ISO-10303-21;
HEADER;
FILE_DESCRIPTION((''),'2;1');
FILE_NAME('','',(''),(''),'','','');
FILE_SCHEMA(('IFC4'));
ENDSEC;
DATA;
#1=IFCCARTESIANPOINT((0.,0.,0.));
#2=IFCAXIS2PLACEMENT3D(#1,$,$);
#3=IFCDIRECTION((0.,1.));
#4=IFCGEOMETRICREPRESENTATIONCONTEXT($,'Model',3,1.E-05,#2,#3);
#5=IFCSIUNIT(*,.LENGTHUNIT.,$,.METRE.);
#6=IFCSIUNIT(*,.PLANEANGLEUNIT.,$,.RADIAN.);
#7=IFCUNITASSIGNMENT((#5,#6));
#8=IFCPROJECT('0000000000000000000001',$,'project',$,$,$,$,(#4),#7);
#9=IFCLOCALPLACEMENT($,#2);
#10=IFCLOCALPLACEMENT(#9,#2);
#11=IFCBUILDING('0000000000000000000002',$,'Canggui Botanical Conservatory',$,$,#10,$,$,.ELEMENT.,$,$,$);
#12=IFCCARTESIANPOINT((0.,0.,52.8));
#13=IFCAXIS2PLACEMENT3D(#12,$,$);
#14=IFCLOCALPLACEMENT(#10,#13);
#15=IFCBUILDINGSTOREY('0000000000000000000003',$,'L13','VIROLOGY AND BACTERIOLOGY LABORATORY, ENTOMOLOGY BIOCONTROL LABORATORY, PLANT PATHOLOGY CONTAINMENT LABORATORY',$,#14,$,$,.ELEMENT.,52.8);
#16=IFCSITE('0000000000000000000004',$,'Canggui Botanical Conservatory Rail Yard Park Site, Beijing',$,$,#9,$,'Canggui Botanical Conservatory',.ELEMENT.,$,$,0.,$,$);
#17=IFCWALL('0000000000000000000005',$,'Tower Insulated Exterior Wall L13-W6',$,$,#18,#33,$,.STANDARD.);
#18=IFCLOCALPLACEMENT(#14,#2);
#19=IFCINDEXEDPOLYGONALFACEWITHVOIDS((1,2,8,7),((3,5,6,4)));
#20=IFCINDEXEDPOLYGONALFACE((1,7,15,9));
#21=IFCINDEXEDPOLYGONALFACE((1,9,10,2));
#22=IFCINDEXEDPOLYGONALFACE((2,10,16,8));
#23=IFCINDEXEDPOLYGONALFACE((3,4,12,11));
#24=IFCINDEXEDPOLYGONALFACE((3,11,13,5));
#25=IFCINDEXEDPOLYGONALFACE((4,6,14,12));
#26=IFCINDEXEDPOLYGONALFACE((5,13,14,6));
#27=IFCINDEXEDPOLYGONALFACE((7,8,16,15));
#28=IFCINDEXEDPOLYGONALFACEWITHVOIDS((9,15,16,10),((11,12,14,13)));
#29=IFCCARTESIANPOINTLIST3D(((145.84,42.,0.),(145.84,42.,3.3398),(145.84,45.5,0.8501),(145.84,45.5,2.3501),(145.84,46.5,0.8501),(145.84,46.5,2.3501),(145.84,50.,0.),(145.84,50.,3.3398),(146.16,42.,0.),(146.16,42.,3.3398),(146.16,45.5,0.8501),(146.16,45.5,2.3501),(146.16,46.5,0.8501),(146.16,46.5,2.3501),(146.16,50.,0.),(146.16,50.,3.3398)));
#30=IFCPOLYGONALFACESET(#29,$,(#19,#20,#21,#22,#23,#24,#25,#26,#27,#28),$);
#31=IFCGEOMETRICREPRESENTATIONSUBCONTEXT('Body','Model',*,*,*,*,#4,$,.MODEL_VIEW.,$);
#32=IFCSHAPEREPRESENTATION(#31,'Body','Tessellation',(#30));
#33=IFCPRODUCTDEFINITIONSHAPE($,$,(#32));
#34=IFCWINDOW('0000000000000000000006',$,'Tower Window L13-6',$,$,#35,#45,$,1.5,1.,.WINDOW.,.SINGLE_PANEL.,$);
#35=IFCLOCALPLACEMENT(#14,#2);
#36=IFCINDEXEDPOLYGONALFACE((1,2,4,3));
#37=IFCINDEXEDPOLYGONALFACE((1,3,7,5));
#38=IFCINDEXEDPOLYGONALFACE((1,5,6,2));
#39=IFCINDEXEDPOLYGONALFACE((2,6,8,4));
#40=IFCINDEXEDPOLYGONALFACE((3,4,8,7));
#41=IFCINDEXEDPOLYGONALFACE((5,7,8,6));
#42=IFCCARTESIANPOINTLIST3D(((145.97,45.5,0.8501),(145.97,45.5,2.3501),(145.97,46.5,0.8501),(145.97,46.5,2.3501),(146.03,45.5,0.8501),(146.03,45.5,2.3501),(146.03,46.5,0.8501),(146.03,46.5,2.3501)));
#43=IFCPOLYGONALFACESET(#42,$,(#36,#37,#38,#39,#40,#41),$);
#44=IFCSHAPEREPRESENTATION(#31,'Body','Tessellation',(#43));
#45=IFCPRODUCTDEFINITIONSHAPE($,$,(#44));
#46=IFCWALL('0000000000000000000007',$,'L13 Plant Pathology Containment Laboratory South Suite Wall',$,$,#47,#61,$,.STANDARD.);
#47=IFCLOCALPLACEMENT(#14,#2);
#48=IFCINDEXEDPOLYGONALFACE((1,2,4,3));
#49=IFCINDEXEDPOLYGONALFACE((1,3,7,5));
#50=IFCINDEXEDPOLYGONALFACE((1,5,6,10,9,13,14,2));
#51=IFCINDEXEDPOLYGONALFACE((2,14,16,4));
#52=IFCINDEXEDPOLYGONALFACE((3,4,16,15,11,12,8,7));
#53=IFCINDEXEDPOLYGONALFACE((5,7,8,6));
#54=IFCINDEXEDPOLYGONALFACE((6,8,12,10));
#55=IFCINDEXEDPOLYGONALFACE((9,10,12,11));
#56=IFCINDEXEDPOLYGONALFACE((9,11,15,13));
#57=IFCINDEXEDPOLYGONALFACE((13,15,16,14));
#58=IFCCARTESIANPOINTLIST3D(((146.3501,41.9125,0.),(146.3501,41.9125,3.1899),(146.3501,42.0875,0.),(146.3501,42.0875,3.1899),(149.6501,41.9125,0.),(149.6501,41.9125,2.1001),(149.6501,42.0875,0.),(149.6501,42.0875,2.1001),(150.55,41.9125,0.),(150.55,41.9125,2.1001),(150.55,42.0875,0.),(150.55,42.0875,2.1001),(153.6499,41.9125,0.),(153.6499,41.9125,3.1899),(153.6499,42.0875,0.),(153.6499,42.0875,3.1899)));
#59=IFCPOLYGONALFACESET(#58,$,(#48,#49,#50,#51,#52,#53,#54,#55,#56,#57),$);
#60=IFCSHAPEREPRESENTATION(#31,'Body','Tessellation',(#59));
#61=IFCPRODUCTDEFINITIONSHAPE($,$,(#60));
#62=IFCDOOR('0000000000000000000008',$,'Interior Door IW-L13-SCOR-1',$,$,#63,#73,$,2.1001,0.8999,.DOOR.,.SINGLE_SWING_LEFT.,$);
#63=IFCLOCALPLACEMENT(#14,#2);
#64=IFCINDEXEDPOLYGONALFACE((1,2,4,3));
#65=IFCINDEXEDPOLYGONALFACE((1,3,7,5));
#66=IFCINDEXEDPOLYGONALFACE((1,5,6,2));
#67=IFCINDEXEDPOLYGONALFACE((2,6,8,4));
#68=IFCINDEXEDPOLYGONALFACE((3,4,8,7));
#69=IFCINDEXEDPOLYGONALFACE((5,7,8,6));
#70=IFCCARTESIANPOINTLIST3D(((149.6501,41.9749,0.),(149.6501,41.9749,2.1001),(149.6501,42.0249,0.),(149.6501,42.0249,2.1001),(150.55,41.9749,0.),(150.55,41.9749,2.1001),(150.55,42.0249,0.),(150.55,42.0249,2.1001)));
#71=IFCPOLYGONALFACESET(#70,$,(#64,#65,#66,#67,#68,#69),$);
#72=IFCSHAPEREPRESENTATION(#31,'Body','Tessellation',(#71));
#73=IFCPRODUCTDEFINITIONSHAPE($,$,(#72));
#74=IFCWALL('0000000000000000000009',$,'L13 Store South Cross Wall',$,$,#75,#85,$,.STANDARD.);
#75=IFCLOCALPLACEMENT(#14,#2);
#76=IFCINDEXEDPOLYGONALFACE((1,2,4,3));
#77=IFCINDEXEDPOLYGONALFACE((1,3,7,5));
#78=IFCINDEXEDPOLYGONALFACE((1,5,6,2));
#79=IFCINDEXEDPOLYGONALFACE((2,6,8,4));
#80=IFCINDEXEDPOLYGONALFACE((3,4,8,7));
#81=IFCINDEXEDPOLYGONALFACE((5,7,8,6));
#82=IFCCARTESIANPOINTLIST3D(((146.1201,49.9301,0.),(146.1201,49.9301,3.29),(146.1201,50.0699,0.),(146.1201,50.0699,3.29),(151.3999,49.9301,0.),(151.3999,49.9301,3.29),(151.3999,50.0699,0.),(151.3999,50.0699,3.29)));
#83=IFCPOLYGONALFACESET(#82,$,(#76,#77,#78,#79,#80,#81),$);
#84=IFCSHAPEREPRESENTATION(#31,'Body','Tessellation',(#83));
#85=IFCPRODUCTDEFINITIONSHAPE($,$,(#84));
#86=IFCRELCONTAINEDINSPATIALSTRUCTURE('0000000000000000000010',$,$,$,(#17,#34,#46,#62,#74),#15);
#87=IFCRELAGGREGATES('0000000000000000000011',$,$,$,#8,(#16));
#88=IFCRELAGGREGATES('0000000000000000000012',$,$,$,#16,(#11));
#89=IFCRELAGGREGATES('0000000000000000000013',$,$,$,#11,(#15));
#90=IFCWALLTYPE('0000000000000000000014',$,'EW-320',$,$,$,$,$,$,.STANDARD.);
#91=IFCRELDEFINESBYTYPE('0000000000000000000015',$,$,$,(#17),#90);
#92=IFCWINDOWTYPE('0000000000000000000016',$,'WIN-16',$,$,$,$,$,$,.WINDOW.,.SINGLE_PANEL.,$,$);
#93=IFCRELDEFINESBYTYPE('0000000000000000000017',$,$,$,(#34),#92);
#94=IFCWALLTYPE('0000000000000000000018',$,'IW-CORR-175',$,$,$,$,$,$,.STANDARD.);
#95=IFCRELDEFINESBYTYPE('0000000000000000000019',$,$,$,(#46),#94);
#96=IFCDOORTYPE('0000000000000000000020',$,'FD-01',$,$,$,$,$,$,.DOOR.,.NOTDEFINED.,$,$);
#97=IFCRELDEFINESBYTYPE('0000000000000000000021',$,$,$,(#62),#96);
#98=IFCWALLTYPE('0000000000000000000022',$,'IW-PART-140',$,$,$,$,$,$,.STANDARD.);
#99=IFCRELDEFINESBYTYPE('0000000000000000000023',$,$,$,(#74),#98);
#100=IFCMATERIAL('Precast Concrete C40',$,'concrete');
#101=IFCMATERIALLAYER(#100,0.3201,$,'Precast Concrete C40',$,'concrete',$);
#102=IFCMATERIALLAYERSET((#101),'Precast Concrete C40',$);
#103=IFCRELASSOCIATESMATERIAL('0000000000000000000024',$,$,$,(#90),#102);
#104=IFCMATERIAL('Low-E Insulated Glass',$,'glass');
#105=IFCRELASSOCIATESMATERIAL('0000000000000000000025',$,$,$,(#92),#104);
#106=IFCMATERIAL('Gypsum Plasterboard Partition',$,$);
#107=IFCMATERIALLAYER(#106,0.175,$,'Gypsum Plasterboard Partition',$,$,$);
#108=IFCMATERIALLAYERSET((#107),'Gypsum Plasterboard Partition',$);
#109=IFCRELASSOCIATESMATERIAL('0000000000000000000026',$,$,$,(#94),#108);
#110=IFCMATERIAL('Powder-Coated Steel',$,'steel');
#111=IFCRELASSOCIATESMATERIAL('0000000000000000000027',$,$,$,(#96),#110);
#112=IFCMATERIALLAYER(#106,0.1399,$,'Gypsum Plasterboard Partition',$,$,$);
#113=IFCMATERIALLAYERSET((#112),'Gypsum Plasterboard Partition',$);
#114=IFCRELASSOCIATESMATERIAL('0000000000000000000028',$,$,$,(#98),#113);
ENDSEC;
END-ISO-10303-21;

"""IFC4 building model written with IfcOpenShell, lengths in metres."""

from ifc_helpers import new_model, si_unit, direction, frame, frame_2d, origin, place, context, subcontext, project, spatial, rectangle, extrude, material, layer, layer_set, type_object, element, fill, save


model = new_model("IFC4")

# Units and contexts
model_context = context("Model", 3, precision=1e-05, world=origin(), true_north=direction((0.0, 1.0)))
body_context = subcontext(model_context, "Body", "Model", "MODEL_VIEW")
ifc_project = project(units=[si_unit("LENGTHUNIT", "METRE"), si_unit("PLANEANGLEUNIT", "RADIAN")], contexts=[model_context])

# Site, building, storey
site_placement = place(None, origin())
site = spatial("IfcSite", under=ifc_project, at=site_placement, Name="Canggui Botanical Conservatory Rail Yard Park Site, Beijing", LongName="Canggui Botanical Conservatory", CompositionType="ELEMENT", RefElevation=0.0)
building_placement = place(site_placement, origin())
building = spatial("IfcBuilding", under=site, at=building_placement, Name="Canggui Botanical Conservatory", CompositionType="ELEMENT")
storey_placement = place(building_placement, frame((0.0, 0.0, 52.8)))
storey = spatial("IfcBuildingStorey", under=building, at=storey_placement, Name="L13", Description="VIROLOGY AND BACTERIOLOGY LABORATORY, ENTOMOLOGY BIOCONTROL LABORATORY, PLANT PATHOLOGY CONTAINMENT LABORATORY", CompositionType="ELEMENT", Elevation=52.8)

# Shared definitions
ifc_material_1 = material(Name="Low-E Insulated Glass", Category="glass")

# Wall, opening, window
ifc_material_2 = material(Name="Precast Concrete C40", Category="concrete")
ifc_layer_1 = layer(ifc_material_2, 0.3201, Name="Precast Concrete C40", Category="concrete")
ifc_layer_set_1 = layer_set([ifc_layer_1], Name="Precast Concrete C40")
wall_type_1 = type_object("IfcWallType", Name="EW-320", PredefinedType="STANDARD", material=ifc_layer_set_1)
wall_1_placement = place(storey_placement, frame((146.0, 42.0, 0.0), z_axis=(0.0, 0.0, 1.0), x_axis=(0.0, 1.0, 0.0)))
wall_1 = element("IfcWall", 1, at=wall_1_placement, inside=storey, type_object=wall_type_1, Name="Tower Insulated Exterior Wall L13-W6", PredefinedType="STANDARD", context=body_context, shape_type="SweptSolid", body=[
    extrude(rectangle(XDim=8.0, YDim=0.3201, at=frame_2d((4.0, 0.0))), origin(), (0.0, 0.0, 1.0), 3.3398),
])
opening_1_placement = place(wall_1_placement, frame((3.5, 0.0, 0.8501)))
opening_1 = element("IfcOpeningElement", 2, at=opening_1_placement, cuts=wall_1, PredefinedType="OPENING", context=body_context, shape_type="SweptSolid", body=[
    extrude(rectangle(XDim=1.0, YDim=1.5, at=frame_2d((0.5, 0.75))), frame((0.0, 0.1699, 0.0), z_axis=(0.0, -1.0, 0.0), x_axis=(1.0, 0.0, 0.0)), (0.0, 0.0, 1.0), 0.3401),
])
window_type = type_object("IfcWindowType", Name="WIN-16", PartitioningType="SINGLE_PANEL", PredefinedType="WINDOW", material=ifc_material_1)
window_placement = place(opening_1_placement, origin())
window = element("IfcWindow", 3, at=window_placement, inside=storey, type_object=window_type, Name="Tower Window L13-6", OverallHeight=1.5, OverallWidth=1.0, PartitioningType="SINGLE_PANEL", PredefinedType="WINDOW", context=body_context, shape_type="SweptSolid", body=[
    extrude(rectangle(XDim=1.0, YDim=1.5, at=frame_2d((0.5, 0.75))), frame((0.0, 0.03, 0.0), z_axis=(0.0, -1.0, 0.0), x_axis=(1.0, 0.0, 0.0)), (0.0, 0.0, 1.0), 0.0601),
])
fill(opening_1, window)

# Wall, opening, door
ifc_material_3 = material(Name="Gypsum Plasterboard Partition")
ifc_layer_2 = layer(ifc_material_3, 0.175, Name="Gypsum Plasterboard Partition")
ifc_layer_set_2 = layer_set([ifc_layer_2], Name="Gypsum Plasterboard Partition")
wall_type_2 = type_object("IfcWallType", Name="IW-CORR-175", PredefinedType="STANDARD", material=ifc_layer_set_2)
wall_2_placement = place(storey_placement, frame((146.3501, 42.0, 0.0), z_axis=(0.0, 0.0, 1.0), x_axis=(1.0, 0.0, 0.0)))
wall_2 = element("IfcWall", 4, at=wall_2_placement, inside=storey, type_object=wall_type_2, Name="L13 Plant Pathology Containment Laboratory South Suite Wall", PredefinedType="STANDARD", context=body_context, shape_type="SweptSolid", body=[
    extrude(rectangle(XDim=7.2998, YDim=0.175, at=frame_2d((3.6499, 0.0))), origin(), (0.0, 0.0, 1.0), 3.1899),
])
opening_2_placement = place(wall_2_placement, frame((3.3, 0.0, 0.0)))
opening_2 = element("IfcOpeningElement", 5, at=opening_2_placement, cuts=wall_2, PredefinedType="OPENING", context=body_context, shape_type="SweptSolid", body=[
    extrude(rectangle(XDim=0.8999, YDim=2.1001, at=frame_2d((0.45, 1.05))), frame((0.0, 0.0977, 0.0), z_axis=(0.0, -1.0, 0.0), x_axis=(1.0, 0.0, 0.0)), (0.0, 0.0, 1.0), 0.1951),
])
ifc_material_4 = material(Name="Powder-Coated Steel", Category="steel")
door_type = type_object("IfcDoorType", Name="FD-01", OperationType="NOTDEFINED", PredefinedType="DOOR", material=ifc_material_4)
door_placement = place(opening_2_placement, origin())
door = element("IfcDoor", 6, at=door_placement, inside=storey, type_object=door_type, Name="Interior Door IW-L13-SCOR-1", OperationType="SINGLE_SWING_LEFT", OverallHeight=2.1001, OverallWidth=0.8999, PredefinedType="DOOR", context=body_context, shape_type="SweptSolid", body=[
    extrude(rectangle(XDim=0.8999, YDim=2.1001, at=frame_2d((0.45, 1.05))), frame((0.0, 0.0249, 0.0), z_axis=(0.0, -1.0, 0.0), x_axis=(1.0, 0.0, 0.0)), (0.0, 0.0, 1.0), 0.05),
])
fill(opening_2, door)

# Wall
ifc_layer_3 = layer(ifc_material_3, 0.1399, Name="Gypsum Plasterboard Partition")
ifc_layer_set_3 = layer_set([ifc_layer_3], Name="Gypsum Plasterboard Partition")
wall_type_3 = type_object("IfcWallType", Name="IW-PART-140", PredefinedType="STANDARD", material=ifc_layer_set_3)
wall_3_placement = place(storey_placement, frame((146.1201, 50.0, 0.0), z_axis=(0.0, 0.0, 1.0), x_axis=(1.0, 0.0, 0.0)))
element("IfcWall", 7, at=wall_3_placement, inside=storey, type_object=wall_type_3, Name="L13 Store South Cross Wall", PredefinedType="STANDARD", context=body_context, shape_type="SweptSolid", body=[
    extrude(rectangle(XDim=5.2798, YDim=0.1399, at=frame_2d((2.6399, 0.0))), origin(), (0.0, 0.0, 1.0), 3.29),
])

save(model, "model.ifc")
